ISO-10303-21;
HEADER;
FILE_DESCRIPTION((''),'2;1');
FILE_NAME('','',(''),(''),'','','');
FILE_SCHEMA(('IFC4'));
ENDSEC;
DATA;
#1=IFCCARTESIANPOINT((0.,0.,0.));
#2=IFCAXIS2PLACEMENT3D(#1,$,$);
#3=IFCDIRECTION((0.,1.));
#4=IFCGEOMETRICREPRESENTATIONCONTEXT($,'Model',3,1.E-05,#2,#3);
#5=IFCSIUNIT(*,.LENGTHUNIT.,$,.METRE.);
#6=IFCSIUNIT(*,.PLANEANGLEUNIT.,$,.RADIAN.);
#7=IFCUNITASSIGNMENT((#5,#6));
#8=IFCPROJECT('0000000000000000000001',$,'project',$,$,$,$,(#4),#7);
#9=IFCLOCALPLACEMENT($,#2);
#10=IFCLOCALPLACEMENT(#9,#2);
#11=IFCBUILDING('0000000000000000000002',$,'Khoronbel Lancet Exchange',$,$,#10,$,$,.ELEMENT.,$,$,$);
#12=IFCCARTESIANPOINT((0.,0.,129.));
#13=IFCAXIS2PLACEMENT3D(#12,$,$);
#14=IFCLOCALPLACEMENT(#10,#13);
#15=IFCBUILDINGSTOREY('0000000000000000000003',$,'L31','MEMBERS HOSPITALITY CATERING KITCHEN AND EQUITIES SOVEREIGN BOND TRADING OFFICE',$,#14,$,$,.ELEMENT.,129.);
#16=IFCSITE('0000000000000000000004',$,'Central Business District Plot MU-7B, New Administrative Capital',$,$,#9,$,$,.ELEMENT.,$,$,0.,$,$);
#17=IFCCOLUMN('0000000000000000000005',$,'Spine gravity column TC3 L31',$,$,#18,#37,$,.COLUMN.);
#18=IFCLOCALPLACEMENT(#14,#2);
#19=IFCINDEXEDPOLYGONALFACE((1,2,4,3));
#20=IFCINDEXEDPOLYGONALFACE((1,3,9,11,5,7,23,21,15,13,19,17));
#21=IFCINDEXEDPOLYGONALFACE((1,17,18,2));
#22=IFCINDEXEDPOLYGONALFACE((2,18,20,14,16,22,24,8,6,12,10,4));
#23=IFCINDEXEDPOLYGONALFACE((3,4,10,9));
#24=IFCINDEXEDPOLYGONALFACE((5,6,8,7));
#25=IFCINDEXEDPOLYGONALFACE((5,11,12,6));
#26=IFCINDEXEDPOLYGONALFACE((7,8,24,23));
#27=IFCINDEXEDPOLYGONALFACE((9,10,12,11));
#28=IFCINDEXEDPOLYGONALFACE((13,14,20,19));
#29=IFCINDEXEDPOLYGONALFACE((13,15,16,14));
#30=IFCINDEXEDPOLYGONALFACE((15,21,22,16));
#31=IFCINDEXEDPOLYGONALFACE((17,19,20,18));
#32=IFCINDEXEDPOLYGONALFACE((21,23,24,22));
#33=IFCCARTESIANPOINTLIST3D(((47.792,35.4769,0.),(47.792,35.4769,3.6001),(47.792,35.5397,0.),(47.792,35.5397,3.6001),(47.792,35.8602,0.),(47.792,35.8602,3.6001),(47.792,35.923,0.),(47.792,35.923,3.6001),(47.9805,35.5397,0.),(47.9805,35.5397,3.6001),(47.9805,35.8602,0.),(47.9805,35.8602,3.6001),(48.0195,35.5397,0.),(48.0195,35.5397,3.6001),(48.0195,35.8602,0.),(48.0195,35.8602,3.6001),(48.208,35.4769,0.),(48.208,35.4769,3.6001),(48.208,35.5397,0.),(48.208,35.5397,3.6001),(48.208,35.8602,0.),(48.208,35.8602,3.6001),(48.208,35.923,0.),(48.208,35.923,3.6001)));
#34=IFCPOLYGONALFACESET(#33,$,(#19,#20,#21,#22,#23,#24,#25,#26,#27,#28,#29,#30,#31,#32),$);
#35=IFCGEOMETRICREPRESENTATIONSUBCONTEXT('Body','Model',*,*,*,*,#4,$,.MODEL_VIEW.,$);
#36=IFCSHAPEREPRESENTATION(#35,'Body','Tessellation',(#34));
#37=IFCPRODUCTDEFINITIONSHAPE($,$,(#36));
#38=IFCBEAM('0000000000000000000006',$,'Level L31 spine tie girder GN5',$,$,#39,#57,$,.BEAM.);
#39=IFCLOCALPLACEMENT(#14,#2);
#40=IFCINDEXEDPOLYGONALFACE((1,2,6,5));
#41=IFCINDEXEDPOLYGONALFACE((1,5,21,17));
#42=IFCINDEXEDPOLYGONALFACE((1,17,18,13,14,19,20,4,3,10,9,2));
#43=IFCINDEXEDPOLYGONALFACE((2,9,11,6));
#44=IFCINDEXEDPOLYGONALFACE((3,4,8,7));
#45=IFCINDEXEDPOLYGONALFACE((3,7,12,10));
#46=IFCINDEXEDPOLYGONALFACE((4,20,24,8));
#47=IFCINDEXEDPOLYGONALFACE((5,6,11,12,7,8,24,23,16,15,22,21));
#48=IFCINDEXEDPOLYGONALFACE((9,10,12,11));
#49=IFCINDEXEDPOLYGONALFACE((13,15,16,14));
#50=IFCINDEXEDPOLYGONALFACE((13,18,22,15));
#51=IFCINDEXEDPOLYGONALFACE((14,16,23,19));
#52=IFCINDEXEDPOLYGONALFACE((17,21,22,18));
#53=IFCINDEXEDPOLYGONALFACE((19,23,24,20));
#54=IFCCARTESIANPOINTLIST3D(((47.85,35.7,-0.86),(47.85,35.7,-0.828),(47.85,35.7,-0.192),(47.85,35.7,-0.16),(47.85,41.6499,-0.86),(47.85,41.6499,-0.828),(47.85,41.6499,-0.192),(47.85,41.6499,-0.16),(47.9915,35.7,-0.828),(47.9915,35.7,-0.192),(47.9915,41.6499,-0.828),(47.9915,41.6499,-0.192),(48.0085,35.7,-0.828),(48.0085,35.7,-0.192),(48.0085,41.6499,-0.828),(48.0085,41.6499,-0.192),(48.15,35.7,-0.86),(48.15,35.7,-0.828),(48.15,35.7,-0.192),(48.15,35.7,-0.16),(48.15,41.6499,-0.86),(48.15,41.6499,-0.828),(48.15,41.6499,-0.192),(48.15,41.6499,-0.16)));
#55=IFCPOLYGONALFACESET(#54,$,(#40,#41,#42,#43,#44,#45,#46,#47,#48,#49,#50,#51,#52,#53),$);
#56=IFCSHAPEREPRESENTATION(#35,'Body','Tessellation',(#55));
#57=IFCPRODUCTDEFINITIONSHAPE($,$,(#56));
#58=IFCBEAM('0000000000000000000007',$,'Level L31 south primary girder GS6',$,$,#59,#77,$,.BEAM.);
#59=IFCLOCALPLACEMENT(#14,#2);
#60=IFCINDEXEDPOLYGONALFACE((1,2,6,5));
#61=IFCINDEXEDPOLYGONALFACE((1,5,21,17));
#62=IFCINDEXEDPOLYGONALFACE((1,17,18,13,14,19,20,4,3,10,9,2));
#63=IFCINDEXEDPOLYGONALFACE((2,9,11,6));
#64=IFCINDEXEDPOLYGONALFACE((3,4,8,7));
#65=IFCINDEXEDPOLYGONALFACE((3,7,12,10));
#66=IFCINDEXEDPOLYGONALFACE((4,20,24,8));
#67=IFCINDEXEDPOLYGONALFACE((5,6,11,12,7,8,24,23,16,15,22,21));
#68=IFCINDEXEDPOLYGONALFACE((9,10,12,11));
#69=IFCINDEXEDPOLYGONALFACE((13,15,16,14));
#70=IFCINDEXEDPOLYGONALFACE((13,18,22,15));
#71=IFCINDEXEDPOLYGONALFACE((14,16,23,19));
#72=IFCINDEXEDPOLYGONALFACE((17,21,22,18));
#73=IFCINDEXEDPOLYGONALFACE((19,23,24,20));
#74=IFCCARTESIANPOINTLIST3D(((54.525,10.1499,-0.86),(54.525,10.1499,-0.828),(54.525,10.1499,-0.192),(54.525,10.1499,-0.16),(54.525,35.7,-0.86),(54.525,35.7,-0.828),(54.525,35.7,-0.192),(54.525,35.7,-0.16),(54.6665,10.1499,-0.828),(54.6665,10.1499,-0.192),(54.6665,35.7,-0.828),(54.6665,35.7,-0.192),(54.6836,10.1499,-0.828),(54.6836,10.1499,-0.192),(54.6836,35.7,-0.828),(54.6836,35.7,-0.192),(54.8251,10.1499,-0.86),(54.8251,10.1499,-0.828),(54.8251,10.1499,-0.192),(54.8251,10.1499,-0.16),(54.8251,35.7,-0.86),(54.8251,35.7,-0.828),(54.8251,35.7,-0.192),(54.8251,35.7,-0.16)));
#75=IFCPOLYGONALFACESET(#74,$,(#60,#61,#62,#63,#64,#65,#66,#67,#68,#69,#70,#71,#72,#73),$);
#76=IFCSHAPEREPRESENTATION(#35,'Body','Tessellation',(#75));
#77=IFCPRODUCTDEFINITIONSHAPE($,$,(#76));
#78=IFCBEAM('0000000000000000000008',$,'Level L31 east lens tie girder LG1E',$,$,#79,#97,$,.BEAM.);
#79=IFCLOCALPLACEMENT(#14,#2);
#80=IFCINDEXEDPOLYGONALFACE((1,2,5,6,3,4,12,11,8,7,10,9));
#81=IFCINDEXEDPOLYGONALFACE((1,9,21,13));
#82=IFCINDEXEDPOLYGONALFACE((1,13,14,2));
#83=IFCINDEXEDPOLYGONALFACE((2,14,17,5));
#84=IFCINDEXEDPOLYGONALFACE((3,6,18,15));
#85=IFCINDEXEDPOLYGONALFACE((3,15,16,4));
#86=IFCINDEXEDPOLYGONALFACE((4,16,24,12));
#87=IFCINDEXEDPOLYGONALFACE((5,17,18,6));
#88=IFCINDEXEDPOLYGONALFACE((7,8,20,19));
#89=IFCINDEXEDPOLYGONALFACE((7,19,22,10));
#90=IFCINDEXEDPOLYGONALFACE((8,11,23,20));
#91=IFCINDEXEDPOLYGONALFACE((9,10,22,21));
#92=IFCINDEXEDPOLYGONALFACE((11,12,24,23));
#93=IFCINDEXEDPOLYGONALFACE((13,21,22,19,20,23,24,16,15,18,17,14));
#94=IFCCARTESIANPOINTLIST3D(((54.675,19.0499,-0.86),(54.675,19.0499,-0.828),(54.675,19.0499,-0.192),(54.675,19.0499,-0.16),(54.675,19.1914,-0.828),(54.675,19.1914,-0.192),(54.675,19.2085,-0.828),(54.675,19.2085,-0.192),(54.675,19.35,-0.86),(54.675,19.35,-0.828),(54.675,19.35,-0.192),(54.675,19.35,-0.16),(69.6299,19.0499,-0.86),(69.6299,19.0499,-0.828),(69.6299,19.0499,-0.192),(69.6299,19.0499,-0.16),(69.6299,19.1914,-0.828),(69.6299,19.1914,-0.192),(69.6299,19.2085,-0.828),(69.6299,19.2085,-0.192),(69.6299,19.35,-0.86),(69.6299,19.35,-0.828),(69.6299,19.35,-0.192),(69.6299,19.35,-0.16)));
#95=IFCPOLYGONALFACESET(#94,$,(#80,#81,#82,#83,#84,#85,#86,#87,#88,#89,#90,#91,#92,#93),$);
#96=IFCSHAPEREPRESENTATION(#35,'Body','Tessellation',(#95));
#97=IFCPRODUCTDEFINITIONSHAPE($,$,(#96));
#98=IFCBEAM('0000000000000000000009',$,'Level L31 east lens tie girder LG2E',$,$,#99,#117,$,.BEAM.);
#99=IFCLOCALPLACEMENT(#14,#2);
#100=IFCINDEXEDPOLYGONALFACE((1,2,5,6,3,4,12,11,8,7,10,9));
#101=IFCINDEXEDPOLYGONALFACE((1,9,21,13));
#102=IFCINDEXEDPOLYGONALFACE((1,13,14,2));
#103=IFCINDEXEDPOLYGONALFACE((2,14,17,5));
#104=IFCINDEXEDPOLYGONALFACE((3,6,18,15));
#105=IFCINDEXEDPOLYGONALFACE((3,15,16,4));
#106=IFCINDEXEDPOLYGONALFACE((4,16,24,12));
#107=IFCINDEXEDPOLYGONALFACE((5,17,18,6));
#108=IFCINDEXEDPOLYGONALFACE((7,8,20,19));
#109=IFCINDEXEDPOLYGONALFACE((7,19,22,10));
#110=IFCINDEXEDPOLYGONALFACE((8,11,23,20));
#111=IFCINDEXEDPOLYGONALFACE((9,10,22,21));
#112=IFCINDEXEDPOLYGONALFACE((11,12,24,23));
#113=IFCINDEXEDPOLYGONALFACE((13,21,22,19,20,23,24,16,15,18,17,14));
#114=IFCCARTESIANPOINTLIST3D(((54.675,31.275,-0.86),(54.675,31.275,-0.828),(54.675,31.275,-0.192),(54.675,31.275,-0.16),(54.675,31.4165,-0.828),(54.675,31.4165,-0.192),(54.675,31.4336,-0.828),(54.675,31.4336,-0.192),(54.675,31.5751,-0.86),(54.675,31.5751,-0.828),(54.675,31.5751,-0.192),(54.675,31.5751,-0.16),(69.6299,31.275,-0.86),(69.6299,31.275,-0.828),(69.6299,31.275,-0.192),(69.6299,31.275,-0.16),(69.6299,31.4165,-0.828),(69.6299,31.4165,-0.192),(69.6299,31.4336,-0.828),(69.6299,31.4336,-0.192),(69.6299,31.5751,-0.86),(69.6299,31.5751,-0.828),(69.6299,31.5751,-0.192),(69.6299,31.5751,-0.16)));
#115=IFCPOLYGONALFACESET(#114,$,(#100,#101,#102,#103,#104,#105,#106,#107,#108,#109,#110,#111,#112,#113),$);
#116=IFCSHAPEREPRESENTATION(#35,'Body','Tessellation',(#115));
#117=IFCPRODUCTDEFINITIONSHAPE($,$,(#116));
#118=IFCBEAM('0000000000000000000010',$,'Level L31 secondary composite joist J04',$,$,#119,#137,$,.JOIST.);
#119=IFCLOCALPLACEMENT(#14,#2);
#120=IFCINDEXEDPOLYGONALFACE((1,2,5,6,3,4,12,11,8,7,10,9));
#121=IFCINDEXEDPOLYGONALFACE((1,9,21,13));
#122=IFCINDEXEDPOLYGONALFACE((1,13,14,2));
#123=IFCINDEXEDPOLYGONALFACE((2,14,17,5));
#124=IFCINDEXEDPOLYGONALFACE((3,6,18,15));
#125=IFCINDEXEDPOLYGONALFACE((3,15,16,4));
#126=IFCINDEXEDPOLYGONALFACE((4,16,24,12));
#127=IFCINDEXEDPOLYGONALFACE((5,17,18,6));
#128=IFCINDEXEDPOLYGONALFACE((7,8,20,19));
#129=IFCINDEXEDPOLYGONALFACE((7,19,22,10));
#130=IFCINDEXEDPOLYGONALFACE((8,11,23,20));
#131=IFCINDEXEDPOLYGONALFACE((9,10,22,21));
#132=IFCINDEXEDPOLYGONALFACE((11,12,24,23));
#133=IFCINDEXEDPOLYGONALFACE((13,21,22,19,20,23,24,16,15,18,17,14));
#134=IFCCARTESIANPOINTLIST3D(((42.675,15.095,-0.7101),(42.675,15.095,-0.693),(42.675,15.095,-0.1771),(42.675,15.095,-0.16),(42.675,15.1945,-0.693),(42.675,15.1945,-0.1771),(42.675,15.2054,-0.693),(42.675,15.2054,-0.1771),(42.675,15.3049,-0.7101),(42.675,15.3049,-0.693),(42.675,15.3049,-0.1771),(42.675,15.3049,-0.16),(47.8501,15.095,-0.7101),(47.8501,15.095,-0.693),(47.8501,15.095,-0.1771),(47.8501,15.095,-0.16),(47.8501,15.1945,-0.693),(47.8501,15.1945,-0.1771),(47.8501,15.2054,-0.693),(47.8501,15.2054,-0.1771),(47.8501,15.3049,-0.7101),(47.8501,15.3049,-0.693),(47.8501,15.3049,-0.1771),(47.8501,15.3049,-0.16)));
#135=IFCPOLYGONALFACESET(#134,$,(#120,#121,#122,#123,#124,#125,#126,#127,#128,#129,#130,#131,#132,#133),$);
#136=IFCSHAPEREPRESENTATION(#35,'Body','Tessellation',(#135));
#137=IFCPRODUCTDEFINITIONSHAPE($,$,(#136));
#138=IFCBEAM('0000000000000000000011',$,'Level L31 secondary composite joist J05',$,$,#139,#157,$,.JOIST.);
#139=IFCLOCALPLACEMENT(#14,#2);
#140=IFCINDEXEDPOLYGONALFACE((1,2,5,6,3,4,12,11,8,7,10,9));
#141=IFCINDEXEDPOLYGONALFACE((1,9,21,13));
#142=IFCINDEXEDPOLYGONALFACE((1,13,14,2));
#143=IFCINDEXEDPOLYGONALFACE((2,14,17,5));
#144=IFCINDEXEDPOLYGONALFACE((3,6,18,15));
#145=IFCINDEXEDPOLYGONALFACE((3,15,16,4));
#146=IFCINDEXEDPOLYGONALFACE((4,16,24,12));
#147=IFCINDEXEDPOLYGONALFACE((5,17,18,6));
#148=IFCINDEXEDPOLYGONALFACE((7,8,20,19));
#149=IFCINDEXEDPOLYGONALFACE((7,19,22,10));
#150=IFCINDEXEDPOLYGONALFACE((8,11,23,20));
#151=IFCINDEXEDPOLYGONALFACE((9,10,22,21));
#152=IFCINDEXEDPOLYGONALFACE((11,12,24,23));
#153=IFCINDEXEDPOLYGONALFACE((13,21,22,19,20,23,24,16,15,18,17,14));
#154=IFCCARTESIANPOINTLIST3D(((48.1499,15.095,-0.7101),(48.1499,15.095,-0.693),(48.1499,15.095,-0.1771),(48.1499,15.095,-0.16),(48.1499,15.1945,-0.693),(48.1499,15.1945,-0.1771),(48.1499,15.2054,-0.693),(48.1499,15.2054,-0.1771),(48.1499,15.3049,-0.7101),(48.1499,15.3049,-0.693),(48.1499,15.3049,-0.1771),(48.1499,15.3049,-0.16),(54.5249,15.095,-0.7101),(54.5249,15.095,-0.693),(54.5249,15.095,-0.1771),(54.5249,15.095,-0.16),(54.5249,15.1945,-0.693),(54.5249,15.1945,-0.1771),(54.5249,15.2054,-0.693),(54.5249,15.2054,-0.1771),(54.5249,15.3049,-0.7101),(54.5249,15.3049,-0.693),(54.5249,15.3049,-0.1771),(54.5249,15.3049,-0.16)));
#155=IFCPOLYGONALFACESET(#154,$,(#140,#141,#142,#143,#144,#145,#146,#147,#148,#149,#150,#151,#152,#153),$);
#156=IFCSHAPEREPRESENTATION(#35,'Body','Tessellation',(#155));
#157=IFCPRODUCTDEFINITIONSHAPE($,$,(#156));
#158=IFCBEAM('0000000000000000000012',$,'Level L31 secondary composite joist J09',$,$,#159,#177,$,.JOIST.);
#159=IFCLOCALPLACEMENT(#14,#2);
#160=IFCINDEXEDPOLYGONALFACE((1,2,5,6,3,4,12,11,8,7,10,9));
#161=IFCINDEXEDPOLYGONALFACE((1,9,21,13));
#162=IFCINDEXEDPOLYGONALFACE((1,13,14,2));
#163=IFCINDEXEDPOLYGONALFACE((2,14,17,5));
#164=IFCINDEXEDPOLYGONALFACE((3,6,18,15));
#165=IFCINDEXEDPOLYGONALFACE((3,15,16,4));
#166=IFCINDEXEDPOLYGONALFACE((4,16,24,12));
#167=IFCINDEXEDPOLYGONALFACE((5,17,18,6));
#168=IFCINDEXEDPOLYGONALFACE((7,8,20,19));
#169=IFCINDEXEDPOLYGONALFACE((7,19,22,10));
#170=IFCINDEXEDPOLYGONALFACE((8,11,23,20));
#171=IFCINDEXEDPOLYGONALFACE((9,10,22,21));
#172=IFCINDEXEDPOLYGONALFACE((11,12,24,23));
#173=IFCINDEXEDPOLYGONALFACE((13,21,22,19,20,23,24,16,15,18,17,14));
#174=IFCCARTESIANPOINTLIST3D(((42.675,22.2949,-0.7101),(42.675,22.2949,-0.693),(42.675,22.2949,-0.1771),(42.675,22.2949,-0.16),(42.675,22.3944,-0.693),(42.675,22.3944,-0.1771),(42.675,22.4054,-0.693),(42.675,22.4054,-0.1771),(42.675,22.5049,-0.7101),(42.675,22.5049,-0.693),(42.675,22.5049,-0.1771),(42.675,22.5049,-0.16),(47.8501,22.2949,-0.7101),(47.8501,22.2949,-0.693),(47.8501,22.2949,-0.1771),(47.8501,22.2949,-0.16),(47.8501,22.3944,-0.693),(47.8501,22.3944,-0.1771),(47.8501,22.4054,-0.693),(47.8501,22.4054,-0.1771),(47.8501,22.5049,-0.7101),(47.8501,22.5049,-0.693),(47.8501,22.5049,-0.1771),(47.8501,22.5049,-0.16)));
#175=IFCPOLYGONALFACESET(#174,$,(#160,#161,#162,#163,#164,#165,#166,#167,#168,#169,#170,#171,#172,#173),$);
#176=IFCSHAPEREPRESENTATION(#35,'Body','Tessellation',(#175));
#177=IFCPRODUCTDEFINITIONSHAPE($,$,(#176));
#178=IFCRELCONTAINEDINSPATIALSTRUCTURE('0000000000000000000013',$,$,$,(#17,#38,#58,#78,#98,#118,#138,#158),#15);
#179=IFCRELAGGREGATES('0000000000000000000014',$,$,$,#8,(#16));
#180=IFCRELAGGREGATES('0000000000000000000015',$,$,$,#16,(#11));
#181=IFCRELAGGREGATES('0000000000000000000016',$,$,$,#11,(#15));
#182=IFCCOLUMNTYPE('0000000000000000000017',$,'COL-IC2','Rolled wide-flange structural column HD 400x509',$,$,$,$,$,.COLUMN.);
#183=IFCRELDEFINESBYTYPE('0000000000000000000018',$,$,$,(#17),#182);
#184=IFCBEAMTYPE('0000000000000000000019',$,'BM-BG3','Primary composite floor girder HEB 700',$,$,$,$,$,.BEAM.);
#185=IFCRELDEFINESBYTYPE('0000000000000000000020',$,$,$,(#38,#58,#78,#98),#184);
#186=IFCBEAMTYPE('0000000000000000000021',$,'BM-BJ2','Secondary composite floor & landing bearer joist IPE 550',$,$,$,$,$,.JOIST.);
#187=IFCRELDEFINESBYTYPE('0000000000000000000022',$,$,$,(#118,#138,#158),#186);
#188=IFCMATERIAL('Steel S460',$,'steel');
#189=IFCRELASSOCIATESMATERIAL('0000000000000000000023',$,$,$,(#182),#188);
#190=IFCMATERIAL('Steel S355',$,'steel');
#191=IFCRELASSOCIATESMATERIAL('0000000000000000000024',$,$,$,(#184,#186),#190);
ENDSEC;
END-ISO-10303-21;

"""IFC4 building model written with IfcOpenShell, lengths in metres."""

from ifc_helpers import new_model, si_unit, direction, frame, origin, origin_2d, place, context, subcontext, project, spatial, i_section, extrude, material, material_profile, profile_set, type_object, element, save


model = new_model("IFC4")

# Units and contexts
model_context = context("Model", 3, precision=1e-05, world=origin(), true_north=direction((0.0, 1.0)))
body_context = subcontext(model_context, "Body", "Model", "MODEL_VIEW")
ifc_project = project(units=[si_unit("LENGTHUNIT", "METRE"), si_unit("PLANEANGLEUNIT", "RADIAN")], contexts=[model_context])

# Site, building, storey
site_placement = place(None, origin())
site = spatial("IfcSite", under=ifc_project, at=site_placement, Name="Central Business District Plot MU-7B, New Administrative Capital", CompositionType="ELEMENT", RefElevation=0.0)
building_placement = place(site_placement, origin())
building = spatial("IfcBuilding", under=site, at=building_placement, Name="Khoronbel Lancet Exchange", CompositionType="ELEMENT")
storey_placement = place(building_placement, frame((0.0, 0.0, 129.0)))
storey = spatial("IfcBuildingStorey", under=building, at=storey_placement, Name="L31", Description="MEMBERS HOSPITALITY CATERING KITCHEN AND EQUITIES SOVEREIGN BOND TRADING OFFICE", CompositionType="ELEMENT", Elevation=129.0)

# Column
ifc_material_1 = material(Name="Steel S460", Category="steel")
ifc_material_profile_1 = material_profile(ifc_material_1, i_section(OverallWidth=0.416, OverallDepth=0.446, WebThickness=0.0391, FlangeThickness=0.0627, at=origin_2d()), Name="HD 400x509")
ifc_profile_set_1 = profile_set([ifc_material_profile_1], Name="Steel S460")
column_type = type_object("IfcColumnType", Name="COL-IC2", Description="Rolled wide-flange structural column HD 400x509", PredefinedType="COLUMN", material=ifc_profile_set_1)
column_placement = place(storey_placement, frame((48.0, 35.7, 0.0), z_axis=(0.0, 0.0, 1.0), x_axis=(1.0, 0.0, 0.0)))
element("IfcColumn", 1, at=column_placement, inside=storey, type_object=column_type, Name="Spine gravity column TC3 L31", PredefinedType="COLUMN", context=body_context, shape_type="SweptSolid", body=[
    extrude(i_section(OverallWidth=0.416, OverallDepth=0.446, WebThickness=0.0391, FlangeThickness=0.0627, at=origin_2d()), origin(), (0.0, 0.0, 1.0), 3.6001),
])

# Beams
ifc_material_2 = material(Name="Steel S355", Category="steel")
ifc_material_profile_2 = material_profile(ifc_material_2, i_section(OverallWidth=0.3, OverallDepth=0.7, WebThickness=0.0171, FlangeThickness=0.032, at=origin_2d()), Name="HEB 700")
ifc_profile_set_2 = profile_set([ifc_material_profile_2], Name="Steel S355")
beam_type_1 = type_object("IfcBeamType", Name="BM-BG3", Description="Primary composite floor girder HEB 700", PredefinedType="BEAM", material=ifc_profile_set_2)
beam_1_placement = place(storey_placement, frame((48.0, 35.7, -0.51), z_axis=(0.0, 1.0, 0.0), x_axis=(-1.0, 0.0, 0.0)))
element("IfcBeam", 2, at=beam_1_placement, inside=storey, type_object=beam_type_1, Name="Level L31 spine tie girder GN5", PredefinedType="BEAM", context=body_context, shape_type="SweptSolid", body=[
    extrude(i_section(OverallWidth=0.3, OverallDepth=0.7, WebThickness=0.0171, FlangeThickness=0.032, at=origin_2d()), origin(), (0.0, 0.0, 1.0), 5.95),
])
beam_2_placement = place(storey_placement, frame((54.675, 10.1499, -0.51), z_axis=(0.0, 1.0, 0.0), x_axis=(-1.0, 0.0, 0.0)))
element("IfcBeam", 3, at=beam_2_placement, inside=storey, type_object=beam_type_1, Name="Level L31 south primary girder GS6", PredefinedType="BEAM", context=body_context, shape_type="SweptSolid", body=[
    extrude(i_section(OverallWidth=0.3, OverallDepth=0.7, WebThickness=0.0171, FlangeThickness=0.032, at=origin_2d()), origin(), (0.0, 0.0, 1.0), 25.55),
])
for number, where, z_axis, x_axis, name in (
    (4, (54.675, 19.2, -0.51), (1.0, 0.0, 0.0), (0.0, 1.0, 0.0), "Level L31 east lens tie girder LG1E"),
    (5, (54.675, 31.425, -0.51), (1.0, 0.0, 0.0), (0.0, 1.0, 0.0), "Level L31 east lens tie girder LG2E"),
):
    element("IfcBeam", number, at=place(storey_placement, frame(where, z_axis=z_axis, x_axis=x_axis)), inside=storey, type_object=beam_type_1, Name=name, PredefinedType="BEAM", context=body_context, shape_type="SweptSolid", body=[
        extrude(i_section(OverallWidth=0.3, OverallDepth=0.7, WebThickness=0.0171, FlangeThickness=0.032, at=origin_2d()), origin(), (0.0, 0.0, 1.0), 14.9548),
    ])
ifc_material_profile_3 = material_profile(ifc_material_2, i_section(OverallWidth=0.21, OverallDepth=0.55, WebThickness=0.011, FlangeThickness=0.0171, at=origin_2d()), Name="IPE 550")
ifc_profile_set_3 = profile_set([ifc_material_profile_3], Name="Steel S355")
beam_type_2 = type_object("IfcBeamType", Name="BM-BJ2", Description="Secondary composite floor & landing bearer joist IPE 550", PredefinedType="JOIST", material=ifc_profile_set_3)
beam_3_placement = place(storey_placement, frame((42.675, 15.2, -0.4351), z_axis=(1.0, 0.0, 0.0), x_axis=(0.0, 1.0, 0.0)))
element("IfcBeam", 6, at=beam_3_placement, inside=storey, type_object=beam_type_2, Name="Level L31 secondary composite joist J04", PredefinedType="JOIST", context=body_context, shape_type="SweptSolid", body=[
    extrude(i_section(OverallWidth=0.21, OverallDepth=0.55, WebThickness=0.011, FlangeThickness=0.0171, at=origin_2d()), origin(), (0.0, 0.0, 1.0), 5.175),
])
beam_4_placement = place(storey_placement, frame((48.1499, 15.2, -0.4351), z_axis=(1.0, 0.0, 0.0), x_axis=(0.0, 1.0, 0.0)))
element("IfcBeam", 7, at=beam_4_placement, inside=storey, type_object=beam_type_2, Name="Level L31 secondary composite joist J05", PredefinedType="JOIST", context=body_context, shape_type="SweptSolid", body=[
    extrude(i_section(OverallWidth=0.21, OverallDepth=0.55, WebThickness=0.011, FlangeThickness=0.0171, at=origin_2d()), origin(), (0.0, 0.0, 1.0), 6.375),
])
beam_5_placement = place(storey_placement, frame((42.675, 22.3999, -0.4351), z_axis=(1.0, 0.0, 0.0), x_axis=(0.0, 1.0, 0.0)))
element("IfcBeam", 8, at=beam_5_placement, inside=storey, type_object=beam_type_2, Name="Level L31 secondary composite joist J09", PredefinedType="JOIST", context=body_context, shape_type="SweptSolid", body=[
    extrude(i_section(OverallWidth=0.21, OverallDepth=0.55, WebThickness=0.011, FlangeThickness=0.0171, at=origin_2d()), origin(), (0.0, 0.0, 1.0), 5.175),
])

save(model, "model.ifc")
